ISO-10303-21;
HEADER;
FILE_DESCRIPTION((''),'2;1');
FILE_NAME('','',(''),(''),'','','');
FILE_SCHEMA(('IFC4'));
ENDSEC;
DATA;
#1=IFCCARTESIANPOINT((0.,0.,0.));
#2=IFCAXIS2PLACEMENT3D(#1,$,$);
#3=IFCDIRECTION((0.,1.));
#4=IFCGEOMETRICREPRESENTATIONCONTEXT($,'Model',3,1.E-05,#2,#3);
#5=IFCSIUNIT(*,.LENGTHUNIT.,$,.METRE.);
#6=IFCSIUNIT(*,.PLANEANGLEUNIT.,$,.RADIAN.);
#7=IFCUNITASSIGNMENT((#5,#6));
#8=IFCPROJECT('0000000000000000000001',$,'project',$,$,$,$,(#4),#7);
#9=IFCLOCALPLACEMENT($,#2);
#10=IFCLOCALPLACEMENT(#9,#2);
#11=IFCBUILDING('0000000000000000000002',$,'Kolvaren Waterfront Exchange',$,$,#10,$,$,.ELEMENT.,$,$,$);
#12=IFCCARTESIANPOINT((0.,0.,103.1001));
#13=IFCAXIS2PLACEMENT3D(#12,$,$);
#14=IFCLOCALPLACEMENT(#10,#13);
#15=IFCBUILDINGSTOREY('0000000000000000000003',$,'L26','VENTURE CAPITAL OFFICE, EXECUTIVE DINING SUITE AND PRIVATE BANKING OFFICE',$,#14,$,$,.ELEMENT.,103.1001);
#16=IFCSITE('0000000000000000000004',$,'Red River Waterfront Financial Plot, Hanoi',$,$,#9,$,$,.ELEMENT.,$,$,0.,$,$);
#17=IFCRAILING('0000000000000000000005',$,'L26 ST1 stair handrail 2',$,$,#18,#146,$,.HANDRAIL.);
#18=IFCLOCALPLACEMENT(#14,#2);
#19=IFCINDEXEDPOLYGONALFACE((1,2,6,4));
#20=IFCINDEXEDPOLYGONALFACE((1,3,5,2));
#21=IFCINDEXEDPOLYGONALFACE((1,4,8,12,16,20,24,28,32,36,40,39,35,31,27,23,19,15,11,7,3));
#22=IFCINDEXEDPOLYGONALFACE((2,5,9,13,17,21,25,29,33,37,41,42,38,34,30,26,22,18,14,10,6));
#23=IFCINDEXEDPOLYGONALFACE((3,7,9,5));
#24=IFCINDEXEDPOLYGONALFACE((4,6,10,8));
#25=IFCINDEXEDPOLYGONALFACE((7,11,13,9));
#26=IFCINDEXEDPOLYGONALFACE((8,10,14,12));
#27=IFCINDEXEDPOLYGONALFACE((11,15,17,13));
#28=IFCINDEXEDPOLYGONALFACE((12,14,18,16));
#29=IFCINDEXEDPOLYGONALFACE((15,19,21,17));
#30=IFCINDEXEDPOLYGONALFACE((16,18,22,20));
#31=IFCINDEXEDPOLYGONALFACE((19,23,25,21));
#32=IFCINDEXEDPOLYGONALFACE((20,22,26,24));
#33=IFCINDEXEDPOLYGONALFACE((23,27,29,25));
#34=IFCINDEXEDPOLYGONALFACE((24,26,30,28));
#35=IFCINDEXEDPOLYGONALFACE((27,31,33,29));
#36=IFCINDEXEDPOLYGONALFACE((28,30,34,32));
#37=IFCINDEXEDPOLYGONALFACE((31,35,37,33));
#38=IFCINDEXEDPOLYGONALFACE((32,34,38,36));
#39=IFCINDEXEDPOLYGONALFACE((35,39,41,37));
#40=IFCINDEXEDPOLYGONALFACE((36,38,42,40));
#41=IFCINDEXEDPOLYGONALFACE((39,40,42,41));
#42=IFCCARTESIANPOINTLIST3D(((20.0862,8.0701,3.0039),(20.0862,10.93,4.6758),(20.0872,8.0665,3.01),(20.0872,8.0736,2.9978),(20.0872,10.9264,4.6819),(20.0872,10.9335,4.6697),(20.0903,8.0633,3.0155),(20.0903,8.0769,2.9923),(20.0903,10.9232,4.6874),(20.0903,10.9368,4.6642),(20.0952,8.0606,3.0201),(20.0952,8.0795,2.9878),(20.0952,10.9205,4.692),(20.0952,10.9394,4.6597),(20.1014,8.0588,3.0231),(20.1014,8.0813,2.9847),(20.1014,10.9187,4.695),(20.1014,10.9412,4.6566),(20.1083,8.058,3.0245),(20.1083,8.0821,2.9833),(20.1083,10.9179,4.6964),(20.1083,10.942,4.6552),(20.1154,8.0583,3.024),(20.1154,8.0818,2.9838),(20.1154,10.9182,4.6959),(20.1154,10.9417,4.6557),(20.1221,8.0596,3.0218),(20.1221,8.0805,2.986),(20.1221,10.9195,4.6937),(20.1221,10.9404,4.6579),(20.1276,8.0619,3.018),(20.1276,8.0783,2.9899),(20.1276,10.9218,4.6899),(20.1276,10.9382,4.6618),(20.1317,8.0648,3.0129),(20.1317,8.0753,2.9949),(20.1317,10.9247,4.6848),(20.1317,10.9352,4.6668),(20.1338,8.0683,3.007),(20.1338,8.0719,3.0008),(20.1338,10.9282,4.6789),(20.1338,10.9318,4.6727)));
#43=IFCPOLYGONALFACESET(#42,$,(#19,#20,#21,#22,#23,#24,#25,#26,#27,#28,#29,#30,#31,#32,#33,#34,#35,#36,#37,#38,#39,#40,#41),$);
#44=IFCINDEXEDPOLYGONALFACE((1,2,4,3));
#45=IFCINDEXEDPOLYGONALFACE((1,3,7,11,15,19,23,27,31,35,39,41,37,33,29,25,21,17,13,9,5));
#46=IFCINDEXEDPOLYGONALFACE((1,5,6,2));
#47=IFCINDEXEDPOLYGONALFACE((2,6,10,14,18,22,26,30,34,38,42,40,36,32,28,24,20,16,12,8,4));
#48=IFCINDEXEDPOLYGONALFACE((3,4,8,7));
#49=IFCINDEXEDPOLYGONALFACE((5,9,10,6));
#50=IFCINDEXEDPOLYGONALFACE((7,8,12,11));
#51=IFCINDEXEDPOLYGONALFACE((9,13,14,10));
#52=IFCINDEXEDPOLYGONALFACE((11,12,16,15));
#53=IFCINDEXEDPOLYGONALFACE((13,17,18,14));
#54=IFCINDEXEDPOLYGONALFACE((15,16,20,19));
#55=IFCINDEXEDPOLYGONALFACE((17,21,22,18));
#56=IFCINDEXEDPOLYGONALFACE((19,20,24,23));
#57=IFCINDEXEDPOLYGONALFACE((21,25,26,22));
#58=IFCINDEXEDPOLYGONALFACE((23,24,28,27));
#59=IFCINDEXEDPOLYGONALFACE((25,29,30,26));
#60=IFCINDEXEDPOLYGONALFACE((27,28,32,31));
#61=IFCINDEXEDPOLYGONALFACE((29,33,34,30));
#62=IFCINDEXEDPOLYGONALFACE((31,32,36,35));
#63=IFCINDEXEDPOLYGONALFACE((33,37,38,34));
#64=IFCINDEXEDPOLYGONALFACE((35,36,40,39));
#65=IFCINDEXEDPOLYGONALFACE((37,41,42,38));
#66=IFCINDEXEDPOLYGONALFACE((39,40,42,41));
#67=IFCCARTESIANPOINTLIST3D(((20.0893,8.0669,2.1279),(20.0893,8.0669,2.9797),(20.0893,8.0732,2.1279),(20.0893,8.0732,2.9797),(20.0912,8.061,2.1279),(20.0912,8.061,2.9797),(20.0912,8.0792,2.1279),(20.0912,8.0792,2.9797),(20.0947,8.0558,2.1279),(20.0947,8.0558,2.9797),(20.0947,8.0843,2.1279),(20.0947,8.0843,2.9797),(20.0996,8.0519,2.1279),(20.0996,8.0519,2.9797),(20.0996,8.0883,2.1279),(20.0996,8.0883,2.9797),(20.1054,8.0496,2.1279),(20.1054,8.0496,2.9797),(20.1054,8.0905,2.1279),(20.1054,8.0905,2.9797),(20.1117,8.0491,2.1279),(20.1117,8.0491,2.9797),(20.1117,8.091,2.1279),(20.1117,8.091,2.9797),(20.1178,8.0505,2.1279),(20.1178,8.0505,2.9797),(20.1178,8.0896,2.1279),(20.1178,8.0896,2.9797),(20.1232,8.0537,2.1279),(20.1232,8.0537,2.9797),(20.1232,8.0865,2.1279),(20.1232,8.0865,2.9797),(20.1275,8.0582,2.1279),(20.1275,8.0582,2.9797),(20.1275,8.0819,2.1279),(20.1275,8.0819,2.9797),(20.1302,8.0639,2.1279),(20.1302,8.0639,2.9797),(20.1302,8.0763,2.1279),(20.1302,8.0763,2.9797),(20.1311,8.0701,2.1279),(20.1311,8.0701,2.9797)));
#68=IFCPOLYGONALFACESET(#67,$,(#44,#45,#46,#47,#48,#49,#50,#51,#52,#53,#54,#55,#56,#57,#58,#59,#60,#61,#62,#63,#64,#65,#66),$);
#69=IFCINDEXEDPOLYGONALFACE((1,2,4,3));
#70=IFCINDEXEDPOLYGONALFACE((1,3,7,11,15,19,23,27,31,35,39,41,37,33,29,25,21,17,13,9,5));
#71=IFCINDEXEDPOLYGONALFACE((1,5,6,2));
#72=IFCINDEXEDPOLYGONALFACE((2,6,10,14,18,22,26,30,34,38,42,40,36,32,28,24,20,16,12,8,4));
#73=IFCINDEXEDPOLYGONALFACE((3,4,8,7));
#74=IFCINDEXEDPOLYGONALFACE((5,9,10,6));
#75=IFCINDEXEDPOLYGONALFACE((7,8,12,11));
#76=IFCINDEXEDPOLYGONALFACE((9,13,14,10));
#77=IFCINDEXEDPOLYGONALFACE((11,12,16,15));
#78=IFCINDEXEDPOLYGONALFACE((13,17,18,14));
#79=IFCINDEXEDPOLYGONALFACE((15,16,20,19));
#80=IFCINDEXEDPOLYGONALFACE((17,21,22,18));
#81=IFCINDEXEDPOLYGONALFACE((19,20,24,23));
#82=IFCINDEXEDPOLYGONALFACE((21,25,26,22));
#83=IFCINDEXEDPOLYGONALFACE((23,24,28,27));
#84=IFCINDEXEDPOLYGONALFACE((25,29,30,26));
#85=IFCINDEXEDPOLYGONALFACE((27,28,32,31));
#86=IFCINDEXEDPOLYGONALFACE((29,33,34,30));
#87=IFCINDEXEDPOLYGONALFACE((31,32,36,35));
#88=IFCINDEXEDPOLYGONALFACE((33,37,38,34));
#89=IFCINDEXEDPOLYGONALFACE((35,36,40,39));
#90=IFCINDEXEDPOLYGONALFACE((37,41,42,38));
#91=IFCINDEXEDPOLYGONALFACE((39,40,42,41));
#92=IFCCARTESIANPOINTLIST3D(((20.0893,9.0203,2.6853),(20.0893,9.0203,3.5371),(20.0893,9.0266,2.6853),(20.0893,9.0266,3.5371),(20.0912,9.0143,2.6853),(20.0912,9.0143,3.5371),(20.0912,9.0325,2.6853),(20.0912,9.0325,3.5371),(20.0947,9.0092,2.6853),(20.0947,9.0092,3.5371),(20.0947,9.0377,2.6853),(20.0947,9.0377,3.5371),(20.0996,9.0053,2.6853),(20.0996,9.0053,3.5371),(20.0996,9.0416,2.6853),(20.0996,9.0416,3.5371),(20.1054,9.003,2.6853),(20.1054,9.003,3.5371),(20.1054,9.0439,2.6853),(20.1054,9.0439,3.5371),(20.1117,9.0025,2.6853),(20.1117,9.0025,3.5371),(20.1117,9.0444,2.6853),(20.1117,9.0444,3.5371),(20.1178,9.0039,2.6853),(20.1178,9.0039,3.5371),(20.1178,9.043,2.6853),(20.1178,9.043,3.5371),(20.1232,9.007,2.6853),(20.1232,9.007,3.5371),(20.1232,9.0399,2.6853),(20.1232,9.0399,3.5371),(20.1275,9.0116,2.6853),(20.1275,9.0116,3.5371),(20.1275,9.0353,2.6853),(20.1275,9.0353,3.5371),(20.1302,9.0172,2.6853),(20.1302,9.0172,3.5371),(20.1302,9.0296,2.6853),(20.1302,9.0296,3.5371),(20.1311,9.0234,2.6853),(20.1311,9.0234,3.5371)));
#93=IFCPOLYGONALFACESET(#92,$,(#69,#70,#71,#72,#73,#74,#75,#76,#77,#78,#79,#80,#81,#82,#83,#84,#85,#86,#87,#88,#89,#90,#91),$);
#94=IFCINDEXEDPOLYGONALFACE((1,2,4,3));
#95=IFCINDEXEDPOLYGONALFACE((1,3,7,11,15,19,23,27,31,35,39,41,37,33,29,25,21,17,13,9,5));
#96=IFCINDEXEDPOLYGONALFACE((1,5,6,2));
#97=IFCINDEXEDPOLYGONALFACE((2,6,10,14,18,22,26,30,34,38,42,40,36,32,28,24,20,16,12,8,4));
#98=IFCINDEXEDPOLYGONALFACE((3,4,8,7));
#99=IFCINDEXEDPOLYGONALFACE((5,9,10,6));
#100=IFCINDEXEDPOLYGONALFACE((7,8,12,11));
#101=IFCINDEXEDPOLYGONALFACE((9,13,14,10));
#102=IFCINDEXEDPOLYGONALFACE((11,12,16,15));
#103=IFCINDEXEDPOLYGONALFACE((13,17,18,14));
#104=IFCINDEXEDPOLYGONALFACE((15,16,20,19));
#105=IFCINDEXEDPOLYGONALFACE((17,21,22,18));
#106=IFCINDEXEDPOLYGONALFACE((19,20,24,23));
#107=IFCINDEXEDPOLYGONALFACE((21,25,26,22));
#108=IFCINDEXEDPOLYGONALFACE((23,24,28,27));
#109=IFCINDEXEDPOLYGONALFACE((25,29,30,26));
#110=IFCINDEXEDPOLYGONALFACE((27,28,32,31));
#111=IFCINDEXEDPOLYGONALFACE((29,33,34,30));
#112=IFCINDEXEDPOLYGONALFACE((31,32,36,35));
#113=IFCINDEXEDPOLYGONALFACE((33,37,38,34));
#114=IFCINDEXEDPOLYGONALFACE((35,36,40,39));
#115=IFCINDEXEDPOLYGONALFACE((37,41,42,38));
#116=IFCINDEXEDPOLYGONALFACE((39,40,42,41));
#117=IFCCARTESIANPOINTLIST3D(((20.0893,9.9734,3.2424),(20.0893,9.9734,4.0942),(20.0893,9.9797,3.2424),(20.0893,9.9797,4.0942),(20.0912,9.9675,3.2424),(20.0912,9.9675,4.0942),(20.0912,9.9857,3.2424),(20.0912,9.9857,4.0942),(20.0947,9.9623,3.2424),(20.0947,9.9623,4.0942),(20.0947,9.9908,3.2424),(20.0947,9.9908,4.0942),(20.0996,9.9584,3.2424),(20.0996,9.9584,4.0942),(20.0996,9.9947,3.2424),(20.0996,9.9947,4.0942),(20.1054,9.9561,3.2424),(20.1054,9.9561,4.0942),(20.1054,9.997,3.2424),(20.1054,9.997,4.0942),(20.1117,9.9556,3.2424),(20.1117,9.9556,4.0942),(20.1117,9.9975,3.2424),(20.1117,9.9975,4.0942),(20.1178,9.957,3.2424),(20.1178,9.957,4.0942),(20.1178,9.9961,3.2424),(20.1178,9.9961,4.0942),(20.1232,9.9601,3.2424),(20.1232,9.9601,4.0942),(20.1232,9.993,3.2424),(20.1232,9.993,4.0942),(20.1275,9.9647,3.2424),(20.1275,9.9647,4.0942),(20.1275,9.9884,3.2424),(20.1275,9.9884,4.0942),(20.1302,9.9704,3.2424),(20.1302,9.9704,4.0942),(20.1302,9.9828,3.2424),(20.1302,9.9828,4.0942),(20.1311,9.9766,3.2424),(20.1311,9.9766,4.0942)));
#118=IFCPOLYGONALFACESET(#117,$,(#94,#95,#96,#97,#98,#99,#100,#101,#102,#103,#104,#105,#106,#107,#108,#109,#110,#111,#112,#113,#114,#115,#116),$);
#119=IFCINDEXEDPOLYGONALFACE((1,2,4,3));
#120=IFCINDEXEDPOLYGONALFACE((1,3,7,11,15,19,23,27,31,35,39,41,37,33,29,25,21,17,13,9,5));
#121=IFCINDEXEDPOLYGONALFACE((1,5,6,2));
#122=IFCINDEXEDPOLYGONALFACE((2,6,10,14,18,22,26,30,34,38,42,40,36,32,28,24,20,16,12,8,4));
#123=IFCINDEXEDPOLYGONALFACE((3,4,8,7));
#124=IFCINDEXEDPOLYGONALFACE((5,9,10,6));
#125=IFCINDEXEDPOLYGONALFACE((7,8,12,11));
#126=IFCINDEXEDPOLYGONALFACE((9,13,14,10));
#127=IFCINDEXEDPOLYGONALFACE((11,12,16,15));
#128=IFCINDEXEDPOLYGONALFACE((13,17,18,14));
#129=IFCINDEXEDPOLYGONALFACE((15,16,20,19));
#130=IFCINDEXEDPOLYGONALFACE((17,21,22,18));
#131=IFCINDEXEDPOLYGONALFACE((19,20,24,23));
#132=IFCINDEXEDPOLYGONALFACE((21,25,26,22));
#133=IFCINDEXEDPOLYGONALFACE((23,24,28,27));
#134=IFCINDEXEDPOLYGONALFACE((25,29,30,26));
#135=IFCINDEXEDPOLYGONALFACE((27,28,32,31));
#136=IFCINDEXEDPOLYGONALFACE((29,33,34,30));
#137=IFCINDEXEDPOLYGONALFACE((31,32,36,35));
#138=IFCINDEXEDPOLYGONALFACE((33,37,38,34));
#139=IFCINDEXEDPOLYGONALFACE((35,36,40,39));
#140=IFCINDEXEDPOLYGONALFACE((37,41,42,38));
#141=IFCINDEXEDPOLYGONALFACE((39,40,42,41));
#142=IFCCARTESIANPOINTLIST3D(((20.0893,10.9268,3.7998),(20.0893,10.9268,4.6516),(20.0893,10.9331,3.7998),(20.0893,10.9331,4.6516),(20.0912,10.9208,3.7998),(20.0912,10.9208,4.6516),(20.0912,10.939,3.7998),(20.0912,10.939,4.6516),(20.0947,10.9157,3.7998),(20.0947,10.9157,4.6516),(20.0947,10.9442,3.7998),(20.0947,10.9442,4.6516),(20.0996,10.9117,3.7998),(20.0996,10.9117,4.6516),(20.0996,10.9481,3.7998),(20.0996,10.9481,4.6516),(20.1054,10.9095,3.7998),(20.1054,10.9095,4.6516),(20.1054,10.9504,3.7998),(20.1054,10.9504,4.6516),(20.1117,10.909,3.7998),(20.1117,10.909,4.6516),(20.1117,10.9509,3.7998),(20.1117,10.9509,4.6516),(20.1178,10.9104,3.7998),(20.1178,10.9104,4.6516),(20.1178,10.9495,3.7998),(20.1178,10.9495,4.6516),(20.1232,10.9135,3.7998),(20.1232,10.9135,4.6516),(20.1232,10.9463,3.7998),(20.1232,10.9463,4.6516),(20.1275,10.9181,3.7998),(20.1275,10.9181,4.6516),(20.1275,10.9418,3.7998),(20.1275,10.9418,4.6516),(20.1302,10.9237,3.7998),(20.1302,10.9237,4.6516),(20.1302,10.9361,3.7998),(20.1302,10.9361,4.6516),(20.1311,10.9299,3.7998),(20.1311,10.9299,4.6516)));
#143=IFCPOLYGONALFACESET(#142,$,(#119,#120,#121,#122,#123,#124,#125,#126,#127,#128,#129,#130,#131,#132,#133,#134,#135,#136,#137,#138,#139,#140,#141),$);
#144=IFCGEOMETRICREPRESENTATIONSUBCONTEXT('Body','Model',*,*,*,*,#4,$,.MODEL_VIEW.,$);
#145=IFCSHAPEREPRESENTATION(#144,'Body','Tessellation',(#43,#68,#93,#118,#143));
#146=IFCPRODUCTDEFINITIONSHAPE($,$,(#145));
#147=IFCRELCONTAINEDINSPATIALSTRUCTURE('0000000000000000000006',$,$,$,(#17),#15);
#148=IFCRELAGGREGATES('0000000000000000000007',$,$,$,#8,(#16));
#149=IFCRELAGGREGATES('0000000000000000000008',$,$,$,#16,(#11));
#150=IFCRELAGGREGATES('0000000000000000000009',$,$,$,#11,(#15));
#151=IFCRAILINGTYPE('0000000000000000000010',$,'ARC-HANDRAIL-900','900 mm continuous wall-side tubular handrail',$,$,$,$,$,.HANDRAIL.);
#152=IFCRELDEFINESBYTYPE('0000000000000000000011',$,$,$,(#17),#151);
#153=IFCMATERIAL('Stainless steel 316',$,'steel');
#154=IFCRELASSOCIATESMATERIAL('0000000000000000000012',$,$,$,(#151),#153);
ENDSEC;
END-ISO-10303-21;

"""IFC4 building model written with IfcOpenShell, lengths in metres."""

from ifc_helpers import new_model, si_unit, direction, frame, origin, origin_2d, place, context, subcontext, project, spatial, circle, extrude, material, type_object, element, save


model = new_model("IFC4")

# Units and contexts
model_context = context("Model", 3, precision=1e-05, world=origin(), true_north=direction((0.0, 1.0)))
body_context = subcontext(model_context, "Body", "Model", "MODEL_VIEW")
ifc_project = project(units=[si_unit("LENGTHUNIT", "METRE"), si_unit("PLANEANGLEUNIT", "RADIAN")], contexts=[model_context])

# Site, building, storey
site_placement = place(None, origin())
site = spatial("IfcSite", under=ifc_project, at=site_placement, Name="Red River Waterfront Financial Plot, Hanoi", CompositionType="ELEMENT", RefElevation=0.0)
building_placement = place(site_placement, origin())
building = spatial("IfcBuilding", under=site, at=building_placement, Name="Kolvaren Waterfront Exchange", CompositionType="ELEMENT")
storey_placement = place(building_placement, frame((0.0, 0.0, 103.1001)))
storey = spatial("IfcBuildingStorey", under=building, at=storey_placement, Name="L26", Description="VENTURE CAPITAL OFFICE, EXECUTIVE DINING SUITE AND PRIVATE BANKING OFFICE", CompositionType="ELEMENT", Elevation=103.1001)

# Railing
ifc_material_1 = material(Name="Stainless steel 316", Category="steel")
railing_type_1 = type_object("IfcRailingType", Name="ARC-HANDRAIL-900", Description="900 mm continuous wall-side tubular handrail", PredefinedType="HANDRAIL", material=ifc_material_1)
railing_1_placement = place(storey_placement, frame((20.1101, 8.0701, 2.1279)))
element("IfcRailing", 1, at=railing_1_placement, inside=storey, type_object=railing_type_1, Name="L26 ST1 stair handrail 2", PredefinedType="HANDRAIL", context=body_context, shape_type="SweptSolid", body=[
    extrude(circle(Radius=0.0239, at=origin_2d()), frame((0.0, 0.0, 0.876), z_axis=(0.0, 0.863303, 0.504686), x_axis=(-1.0, 0.0, 0.0)), (0.0, 0.0, 1.0), 3.3127),
    extrude(circle(Radius=0.021, at=origin_2d()), origin(), (0.0, 0.0, 1.0), 0.8518),
    extrude(circle(Radius=0.021, at=origin_2d()), frame((0.0, 0.9534, 0.5574)), (0.0, 0.0, 1.0), 0.8518),
    extrude(circle(Radius=0.021, at=origin_2d()), frame((0.0, 1.9065, 1.1145)), (0.0, 0.0, 1.0), 0.8518),
    extrude(circle(Radius=0.021, at=origin_2d()), frame((0.0, 2.8599, 1.6719)), (0.0, 0.0, 1.0), 0.8518),
])

save(model, "model.ifc")
